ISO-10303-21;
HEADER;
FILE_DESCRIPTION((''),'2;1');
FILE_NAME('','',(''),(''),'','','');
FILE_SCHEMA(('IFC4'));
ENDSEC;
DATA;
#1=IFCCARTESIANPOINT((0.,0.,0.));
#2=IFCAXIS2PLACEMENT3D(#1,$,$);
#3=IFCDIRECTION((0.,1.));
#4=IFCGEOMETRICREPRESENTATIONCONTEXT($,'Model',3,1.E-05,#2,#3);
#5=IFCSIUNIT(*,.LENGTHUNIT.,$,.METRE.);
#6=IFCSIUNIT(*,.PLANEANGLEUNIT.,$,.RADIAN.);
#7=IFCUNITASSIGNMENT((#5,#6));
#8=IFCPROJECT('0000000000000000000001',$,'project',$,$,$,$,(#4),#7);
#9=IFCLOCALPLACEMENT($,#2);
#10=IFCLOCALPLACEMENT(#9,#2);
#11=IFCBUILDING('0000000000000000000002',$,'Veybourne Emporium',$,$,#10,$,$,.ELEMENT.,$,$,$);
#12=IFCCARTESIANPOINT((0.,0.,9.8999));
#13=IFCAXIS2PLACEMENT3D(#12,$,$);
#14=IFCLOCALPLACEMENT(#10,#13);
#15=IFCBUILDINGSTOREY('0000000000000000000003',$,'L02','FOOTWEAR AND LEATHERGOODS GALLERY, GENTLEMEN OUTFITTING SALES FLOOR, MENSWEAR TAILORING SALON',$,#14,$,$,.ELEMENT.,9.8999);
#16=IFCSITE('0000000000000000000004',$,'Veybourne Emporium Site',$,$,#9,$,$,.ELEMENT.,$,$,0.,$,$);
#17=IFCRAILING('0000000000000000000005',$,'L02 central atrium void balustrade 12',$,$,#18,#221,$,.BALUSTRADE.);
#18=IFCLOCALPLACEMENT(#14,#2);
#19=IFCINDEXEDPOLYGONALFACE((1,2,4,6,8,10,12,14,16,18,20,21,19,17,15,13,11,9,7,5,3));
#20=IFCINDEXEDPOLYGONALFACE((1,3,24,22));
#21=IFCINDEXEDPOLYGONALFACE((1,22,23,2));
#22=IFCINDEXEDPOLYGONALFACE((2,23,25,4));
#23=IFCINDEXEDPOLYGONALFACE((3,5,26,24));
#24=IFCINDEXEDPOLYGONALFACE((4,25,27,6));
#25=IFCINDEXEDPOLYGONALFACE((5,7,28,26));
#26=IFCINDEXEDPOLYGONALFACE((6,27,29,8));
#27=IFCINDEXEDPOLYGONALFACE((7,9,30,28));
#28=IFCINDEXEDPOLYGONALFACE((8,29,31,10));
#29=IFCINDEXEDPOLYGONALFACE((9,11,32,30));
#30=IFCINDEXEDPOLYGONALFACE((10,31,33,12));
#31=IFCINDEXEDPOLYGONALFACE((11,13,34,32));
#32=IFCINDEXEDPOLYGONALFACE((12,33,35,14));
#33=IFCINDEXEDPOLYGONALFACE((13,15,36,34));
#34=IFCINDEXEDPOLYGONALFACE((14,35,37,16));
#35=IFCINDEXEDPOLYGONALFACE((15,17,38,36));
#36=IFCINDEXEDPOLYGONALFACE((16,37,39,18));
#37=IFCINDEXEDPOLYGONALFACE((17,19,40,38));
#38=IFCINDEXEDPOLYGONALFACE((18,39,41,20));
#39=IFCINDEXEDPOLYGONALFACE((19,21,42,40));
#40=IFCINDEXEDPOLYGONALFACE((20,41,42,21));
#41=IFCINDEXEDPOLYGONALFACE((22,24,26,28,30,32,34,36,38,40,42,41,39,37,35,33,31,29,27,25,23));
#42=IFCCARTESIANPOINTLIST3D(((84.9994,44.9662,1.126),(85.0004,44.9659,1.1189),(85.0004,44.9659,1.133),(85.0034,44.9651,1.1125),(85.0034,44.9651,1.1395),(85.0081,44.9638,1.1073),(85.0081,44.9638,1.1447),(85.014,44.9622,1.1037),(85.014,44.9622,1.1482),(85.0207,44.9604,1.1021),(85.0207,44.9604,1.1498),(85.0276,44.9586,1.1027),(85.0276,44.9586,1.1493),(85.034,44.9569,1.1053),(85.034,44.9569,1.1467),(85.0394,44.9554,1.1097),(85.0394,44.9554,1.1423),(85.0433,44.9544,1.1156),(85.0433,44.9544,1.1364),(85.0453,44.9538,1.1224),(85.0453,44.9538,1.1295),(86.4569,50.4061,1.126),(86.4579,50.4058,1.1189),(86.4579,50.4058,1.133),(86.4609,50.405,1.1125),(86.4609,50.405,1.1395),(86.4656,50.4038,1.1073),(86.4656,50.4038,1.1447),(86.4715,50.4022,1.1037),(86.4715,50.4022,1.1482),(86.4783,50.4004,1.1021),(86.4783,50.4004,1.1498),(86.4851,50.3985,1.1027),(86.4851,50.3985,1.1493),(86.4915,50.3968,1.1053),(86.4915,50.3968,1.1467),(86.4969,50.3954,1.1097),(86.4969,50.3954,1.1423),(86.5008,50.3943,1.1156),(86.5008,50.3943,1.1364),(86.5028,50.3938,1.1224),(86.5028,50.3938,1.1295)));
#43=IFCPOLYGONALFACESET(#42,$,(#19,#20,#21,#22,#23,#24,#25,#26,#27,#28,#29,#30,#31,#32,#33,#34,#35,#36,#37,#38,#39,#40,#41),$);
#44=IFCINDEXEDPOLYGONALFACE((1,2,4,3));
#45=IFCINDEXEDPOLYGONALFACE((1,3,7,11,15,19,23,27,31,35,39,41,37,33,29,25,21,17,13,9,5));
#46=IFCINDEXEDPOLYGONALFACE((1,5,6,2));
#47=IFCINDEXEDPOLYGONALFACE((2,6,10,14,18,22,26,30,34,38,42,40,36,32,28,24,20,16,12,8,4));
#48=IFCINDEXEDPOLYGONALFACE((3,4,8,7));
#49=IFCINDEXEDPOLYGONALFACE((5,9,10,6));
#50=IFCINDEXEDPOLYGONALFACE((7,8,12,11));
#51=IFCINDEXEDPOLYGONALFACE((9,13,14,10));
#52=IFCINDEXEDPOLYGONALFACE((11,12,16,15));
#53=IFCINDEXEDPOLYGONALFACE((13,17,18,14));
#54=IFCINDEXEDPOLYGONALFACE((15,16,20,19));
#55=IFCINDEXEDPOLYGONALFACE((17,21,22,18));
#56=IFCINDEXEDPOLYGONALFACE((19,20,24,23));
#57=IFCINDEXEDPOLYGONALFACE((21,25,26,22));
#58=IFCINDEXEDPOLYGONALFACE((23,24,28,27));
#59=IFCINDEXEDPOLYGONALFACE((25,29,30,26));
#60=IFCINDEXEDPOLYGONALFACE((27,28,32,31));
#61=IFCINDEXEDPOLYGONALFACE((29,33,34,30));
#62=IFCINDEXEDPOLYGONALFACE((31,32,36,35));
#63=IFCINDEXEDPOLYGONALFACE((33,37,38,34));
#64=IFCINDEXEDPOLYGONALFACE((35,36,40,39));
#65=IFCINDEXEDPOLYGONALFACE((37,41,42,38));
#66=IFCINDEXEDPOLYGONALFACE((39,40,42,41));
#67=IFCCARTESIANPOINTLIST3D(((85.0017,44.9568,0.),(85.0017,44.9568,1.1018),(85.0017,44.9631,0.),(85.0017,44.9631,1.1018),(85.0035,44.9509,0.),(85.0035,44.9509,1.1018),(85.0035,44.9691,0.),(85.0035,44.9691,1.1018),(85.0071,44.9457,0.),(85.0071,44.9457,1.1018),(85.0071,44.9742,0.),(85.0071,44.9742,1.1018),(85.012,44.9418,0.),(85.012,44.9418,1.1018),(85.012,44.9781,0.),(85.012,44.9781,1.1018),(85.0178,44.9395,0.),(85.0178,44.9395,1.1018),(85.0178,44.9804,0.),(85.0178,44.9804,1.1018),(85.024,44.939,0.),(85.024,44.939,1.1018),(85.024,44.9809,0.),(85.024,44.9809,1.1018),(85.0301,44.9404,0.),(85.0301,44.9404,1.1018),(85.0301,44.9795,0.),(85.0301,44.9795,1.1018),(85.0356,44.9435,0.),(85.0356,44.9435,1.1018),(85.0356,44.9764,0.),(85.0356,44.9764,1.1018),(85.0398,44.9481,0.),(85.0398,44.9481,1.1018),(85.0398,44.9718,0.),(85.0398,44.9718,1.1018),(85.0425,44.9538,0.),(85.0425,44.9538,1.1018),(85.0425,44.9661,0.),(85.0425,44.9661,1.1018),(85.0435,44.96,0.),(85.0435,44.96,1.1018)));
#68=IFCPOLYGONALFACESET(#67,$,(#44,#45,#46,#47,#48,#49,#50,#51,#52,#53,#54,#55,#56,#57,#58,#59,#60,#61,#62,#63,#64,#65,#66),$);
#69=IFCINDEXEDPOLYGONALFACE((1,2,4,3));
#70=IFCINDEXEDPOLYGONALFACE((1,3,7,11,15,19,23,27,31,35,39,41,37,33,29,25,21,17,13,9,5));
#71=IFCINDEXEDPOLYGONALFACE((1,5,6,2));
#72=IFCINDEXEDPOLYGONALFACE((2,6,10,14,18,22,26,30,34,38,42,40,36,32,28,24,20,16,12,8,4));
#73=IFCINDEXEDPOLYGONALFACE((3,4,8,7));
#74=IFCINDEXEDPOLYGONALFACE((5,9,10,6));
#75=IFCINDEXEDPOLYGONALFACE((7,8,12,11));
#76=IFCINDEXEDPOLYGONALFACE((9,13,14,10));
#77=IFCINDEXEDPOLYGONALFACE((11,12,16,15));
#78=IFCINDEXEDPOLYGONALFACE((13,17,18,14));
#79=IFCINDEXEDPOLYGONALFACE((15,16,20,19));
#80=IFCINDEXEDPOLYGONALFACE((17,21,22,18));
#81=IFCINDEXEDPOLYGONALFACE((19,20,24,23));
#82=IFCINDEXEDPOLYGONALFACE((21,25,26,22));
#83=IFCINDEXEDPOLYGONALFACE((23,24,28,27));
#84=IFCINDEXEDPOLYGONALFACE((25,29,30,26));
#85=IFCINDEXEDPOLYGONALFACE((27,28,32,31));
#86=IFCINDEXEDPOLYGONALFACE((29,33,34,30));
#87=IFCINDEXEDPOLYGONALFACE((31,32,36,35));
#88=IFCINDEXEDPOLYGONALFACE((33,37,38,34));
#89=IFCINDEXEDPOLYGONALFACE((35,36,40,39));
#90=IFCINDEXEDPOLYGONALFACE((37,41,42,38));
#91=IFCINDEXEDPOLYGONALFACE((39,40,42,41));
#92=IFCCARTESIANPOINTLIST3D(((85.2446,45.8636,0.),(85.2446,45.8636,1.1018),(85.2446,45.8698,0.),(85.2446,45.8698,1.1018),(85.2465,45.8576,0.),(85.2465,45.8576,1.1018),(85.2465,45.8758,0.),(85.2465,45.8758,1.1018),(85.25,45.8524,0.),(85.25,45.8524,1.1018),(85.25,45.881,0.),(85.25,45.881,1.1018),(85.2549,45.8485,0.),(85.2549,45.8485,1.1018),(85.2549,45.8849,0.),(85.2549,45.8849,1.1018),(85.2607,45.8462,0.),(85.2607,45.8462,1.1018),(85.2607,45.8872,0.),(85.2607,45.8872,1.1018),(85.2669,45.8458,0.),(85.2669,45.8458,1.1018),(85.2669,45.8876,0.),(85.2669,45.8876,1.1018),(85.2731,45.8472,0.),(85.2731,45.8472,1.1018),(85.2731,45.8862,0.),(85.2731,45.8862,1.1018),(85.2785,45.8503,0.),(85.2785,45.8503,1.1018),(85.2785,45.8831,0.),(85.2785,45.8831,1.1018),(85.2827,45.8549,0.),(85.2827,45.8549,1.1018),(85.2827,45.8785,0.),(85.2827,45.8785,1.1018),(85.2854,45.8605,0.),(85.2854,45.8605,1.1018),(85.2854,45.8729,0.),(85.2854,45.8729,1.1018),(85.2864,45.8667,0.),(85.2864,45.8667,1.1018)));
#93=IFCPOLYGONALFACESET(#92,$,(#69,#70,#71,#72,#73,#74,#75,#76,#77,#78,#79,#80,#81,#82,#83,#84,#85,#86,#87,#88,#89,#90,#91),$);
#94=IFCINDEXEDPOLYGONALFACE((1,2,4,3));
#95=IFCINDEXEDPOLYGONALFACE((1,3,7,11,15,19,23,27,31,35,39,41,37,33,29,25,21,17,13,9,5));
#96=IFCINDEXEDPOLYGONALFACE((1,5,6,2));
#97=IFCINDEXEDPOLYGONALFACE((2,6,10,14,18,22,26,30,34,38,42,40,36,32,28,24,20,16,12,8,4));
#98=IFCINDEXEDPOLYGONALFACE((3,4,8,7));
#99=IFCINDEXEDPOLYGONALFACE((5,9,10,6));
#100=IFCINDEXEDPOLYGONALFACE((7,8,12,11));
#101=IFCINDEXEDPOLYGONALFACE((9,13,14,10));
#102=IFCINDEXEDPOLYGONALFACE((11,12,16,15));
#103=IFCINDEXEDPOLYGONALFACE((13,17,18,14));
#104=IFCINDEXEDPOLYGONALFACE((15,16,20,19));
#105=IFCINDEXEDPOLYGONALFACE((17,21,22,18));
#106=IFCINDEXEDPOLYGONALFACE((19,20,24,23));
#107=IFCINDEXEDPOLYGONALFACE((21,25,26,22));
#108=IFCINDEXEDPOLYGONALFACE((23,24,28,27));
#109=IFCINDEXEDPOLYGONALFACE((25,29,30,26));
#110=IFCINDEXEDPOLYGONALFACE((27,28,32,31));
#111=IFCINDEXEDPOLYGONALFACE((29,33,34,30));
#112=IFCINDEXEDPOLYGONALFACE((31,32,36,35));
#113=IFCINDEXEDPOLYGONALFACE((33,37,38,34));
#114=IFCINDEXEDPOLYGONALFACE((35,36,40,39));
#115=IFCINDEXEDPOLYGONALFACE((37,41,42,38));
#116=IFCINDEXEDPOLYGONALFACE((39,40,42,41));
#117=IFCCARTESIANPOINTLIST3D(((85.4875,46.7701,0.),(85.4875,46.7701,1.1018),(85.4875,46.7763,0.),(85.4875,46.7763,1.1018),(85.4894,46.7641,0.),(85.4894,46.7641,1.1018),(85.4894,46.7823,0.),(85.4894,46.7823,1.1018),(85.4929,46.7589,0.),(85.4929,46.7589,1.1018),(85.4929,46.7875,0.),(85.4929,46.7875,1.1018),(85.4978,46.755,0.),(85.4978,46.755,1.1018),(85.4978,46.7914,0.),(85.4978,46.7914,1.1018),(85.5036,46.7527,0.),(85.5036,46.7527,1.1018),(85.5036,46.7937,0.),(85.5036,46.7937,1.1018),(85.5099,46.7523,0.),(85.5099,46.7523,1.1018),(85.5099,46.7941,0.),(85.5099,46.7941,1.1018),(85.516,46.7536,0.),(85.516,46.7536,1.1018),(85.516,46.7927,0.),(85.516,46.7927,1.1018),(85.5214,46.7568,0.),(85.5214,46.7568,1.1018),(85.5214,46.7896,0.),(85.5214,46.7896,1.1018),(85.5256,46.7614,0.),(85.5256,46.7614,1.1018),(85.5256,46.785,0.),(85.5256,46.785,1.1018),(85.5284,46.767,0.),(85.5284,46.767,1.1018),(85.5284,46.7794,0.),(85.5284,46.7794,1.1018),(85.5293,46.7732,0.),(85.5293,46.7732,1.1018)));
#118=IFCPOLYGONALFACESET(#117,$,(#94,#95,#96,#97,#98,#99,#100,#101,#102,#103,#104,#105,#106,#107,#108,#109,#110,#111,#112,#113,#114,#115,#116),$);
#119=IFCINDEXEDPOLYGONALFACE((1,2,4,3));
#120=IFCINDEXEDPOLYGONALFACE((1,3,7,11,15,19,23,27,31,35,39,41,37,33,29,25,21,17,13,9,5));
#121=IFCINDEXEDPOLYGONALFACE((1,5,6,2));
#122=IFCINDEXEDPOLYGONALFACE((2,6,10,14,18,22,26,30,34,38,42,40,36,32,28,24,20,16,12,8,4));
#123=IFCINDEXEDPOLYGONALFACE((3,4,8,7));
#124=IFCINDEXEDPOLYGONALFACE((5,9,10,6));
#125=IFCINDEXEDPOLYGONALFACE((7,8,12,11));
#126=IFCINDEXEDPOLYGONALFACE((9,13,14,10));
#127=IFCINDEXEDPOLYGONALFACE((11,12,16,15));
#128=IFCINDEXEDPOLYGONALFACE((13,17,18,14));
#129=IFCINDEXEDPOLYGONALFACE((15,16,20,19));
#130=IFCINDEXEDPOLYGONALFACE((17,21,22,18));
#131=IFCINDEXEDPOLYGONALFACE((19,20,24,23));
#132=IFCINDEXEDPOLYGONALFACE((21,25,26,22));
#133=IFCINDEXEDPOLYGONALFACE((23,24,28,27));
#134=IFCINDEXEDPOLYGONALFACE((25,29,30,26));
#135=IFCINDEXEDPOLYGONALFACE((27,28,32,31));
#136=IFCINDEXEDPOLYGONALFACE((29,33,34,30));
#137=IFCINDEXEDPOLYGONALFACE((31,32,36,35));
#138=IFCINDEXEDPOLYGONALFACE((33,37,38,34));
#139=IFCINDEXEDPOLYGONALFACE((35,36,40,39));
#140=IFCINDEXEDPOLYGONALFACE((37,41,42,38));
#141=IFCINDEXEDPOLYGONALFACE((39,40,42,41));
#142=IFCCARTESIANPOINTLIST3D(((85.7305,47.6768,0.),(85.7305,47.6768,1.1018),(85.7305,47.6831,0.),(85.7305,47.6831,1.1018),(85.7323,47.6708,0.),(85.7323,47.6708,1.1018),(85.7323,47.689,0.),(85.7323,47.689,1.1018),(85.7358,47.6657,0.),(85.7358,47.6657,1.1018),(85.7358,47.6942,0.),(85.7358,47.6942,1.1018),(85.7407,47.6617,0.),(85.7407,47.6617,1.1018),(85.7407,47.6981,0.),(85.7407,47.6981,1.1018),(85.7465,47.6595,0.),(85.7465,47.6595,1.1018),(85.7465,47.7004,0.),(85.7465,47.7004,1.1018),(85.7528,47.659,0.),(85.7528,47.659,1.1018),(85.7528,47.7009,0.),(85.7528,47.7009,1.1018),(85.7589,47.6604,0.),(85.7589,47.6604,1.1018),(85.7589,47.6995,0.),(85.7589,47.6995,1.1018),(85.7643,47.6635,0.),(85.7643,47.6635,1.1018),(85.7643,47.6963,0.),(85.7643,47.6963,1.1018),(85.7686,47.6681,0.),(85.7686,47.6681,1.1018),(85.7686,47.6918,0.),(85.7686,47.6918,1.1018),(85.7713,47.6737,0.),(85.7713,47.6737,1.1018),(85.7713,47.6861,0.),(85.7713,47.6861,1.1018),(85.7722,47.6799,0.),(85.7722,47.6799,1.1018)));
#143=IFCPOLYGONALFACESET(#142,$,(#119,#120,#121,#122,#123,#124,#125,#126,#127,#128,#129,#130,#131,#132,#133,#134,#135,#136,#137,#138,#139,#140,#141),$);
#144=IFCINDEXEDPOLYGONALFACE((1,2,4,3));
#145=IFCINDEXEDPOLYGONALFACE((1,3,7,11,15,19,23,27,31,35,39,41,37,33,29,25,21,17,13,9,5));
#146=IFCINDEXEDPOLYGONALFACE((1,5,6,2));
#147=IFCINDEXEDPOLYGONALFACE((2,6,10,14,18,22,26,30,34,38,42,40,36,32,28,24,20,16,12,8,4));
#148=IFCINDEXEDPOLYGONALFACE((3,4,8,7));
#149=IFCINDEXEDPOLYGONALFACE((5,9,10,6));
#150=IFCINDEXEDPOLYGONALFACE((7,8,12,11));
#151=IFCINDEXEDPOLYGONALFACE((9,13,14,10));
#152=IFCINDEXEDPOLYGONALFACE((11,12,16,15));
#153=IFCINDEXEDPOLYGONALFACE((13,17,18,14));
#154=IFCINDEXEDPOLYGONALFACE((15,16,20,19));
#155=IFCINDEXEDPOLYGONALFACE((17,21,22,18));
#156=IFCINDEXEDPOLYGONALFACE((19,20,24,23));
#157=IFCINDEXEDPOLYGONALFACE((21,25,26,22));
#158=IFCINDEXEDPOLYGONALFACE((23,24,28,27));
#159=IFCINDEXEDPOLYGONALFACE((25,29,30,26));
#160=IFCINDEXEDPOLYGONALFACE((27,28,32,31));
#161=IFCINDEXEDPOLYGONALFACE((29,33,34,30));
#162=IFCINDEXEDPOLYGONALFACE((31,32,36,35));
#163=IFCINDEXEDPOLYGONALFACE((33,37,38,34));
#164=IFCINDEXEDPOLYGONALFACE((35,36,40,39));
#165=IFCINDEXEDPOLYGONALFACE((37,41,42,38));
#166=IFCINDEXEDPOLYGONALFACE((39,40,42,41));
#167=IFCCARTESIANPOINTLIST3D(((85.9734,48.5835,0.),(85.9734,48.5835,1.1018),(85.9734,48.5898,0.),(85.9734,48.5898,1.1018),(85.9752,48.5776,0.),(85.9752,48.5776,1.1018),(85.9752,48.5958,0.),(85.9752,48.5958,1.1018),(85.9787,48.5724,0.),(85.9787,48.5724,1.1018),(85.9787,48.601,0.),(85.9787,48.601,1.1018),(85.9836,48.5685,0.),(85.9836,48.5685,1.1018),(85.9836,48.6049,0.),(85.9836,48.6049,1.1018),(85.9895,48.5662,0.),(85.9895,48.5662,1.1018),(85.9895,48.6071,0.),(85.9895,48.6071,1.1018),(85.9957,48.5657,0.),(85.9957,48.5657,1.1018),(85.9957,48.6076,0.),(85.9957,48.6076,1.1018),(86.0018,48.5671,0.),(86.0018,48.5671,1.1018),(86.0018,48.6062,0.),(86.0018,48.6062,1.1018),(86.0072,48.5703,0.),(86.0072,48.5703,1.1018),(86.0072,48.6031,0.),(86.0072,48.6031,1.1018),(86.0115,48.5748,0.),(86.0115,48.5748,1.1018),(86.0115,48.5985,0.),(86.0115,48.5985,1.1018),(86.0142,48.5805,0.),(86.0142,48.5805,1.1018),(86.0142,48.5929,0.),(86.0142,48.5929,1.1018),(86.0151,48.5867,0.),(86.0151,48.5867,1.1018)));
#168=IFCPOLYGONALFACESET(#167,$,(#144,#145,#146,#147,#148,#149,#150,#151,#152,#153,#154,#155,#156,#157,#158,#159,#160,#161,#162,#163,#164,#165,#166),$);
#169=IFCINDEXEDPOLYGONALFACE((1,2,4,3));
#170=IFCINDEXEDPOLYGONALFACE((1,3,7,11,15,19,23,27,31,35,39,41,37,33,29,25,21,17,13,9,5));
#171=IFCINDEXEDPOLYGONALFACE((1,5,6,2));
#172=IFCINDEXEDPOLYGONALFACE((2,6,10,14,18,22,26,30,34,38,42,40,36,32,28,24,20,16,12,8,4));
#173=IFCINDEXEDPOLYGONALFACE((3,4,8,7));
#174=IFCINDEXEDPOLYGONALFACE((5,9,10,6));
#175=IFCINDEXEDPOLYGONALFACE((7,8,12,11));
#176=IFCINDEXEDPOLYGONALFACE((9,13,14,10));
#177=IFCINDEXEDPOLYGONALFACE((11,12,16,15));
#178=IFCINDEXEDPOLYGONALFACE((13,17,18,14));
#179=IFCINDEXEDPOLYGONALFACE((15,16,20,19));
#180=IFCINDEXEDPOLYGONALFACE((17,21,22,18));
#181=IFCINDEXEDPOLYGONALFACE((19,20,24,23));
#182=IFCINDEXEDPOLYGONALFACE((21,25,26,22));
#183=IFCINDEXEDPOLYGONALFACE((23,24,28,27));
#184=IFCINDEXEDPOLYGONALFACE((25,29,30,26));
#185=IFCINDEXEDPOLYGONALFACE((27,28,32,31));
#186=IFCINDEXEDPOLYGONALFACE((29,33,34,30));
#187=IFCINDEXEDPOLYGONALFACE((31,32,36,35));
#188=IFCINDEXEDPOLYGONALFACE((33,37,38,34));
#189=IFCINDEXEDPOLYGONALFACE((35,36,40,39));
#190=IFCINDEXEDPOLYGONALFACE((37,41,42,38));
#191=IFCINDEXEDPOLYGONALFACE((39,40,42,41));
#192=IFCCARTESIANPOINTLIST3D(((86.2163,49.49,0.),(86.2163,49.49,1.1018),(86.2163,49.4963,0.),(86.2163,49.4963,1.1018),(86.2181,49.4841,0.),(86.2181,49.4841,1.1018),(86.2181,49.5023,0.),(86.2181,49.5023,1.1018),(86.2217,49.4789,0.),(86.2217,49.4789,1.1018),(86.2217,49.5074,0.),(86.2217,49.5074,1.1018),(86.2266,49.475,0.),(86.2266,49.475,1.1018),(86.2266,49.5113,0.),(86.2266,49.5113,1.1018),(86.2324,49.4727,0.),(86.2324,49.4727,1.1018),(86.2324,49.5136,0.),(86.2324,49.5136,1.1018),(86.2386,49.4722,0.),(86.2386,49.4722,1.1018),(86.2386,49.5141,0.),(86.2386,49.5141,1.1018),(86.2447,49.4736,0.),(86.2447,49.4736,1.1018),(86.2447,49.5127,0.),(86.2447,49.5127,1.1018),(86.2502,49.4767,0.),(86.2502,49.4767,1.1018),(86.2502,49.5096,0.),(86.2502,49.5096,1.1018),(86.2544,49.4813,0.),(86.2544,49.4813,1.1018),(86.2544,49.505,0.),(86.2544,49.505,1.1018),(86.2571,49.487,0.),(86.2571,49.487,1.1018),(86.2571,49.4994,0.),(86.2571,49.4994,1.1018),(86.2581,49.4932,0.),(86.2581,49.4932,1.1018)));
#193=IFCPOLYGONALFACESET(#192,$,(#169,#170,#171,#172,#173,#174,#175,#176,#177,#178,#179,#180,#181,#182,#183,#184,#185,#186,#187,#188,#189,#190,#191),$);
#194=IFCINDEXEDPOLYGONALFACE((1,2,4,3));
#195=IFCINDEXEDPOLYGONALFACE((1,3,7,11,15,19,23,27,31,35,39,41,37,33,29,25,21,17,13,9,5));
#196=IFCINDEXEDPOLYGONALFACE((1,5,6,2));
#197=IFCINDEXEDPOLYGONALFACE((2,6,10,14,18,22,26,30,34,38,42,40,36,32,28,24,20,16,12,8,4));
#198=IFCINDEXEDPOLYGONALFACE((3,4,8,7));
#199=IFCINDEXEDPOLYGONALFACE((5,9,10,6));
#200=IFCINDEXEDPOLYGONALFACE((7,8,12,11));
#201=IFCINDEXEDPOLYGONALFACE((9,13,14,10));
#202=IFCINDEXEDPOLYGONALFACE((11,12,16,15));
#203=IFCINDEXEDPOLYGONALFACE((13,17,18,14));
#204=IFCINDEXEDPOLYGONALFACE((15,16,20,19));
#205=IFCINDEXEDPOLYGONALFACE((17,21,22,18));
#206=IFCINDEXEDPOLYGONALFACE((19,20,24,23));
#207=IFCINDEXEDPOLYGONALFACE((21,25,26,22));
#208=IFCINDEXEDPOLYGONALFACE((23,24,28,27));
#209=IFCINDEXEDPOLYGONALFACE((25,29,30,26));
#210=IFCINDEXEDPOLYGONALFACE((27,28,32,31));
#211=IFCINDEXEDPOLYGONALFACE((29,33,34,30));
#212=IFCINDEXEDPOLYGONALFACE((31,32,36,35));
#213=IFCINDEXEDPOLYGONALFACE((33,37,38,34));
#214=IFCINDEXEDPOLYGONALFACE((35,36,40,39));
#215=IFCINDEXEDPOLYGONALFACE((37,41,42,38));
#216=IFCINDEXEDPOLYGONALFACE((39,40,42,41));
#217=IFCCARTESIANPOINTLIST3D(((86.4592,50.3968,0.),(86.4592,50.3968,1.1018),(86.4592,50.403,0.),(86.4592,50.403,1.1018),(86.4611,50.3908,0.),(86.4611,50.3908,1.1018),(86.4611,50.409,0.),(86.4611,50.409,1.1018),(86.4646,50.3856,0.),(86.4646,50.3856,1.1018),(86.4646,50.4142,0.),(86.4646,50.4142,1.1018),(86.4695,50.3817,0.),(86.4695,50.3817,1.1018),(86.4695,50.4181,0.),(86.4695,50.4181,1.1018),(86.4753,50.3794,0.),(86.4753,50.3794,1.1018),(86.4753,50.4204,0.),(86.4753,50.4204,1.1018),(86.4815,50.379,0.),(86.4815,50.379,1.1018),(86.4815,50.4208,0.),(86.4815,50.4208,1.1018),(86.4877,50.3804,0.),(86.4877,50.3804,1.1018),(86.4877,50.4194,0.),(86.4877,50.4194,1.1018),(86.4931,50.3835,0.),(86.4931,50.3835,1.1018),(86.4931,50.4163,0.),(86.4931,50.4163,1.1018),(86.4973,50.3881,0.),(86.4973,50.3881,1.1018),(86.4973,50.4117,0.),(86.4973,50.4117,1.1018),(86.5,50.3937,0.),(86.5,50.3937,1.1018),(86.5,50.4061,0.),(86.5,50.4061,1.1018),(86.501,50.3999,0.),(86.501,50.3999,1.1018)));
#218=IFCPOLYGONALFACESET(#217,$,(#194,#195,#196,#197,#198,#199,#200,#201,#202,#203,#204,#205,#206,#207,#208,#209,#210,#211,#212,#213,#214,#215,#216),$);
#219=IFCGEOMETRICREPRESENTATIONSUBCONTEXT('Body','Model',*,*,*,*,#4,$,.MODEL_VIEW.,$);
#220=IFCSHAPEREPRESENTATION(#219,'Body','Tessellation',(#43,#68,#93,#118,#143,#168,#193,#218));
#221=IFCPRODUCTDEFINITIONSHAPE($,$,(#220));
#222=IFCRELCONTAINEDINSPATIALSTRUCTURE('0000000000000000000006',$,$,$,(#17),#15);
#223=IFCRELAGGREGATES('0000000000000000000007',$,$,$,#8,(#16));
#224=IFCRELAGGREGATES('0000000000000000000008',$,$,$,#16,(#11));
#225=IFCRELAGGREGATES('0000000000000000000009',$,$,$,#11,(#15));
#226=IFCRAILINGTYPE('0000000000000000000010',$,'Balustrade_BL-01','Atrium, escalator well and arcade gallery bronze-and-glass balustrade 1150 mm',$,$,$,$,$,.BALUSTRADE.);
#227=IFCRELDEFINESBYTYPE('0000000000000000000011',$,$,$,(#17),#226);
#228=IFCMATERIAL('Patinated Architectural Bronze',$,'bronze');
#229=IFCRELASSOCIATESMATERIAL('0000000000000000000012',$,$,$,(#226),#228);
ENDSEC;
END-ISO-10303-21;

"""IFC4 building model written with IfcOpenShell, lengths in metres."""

from ifc_helpers import new_model, si_unit, direction, frame, origin, origin_2d, place, context, subcontext, project, spatial, circle, extrude, material, type_object, element, save


model = new_model("IFC4")

# Units and contexts
model_context = context("Model", 3, precision=1e-05, world=origin(), true_north=direction((0.0, 1.0)))
body_context = subcontext(model_context, "Body", "Model", "MODEL_VIEW")
ifc_project = project(units=[si_unit("LENGTHUNIT", "METRE"), si_unit("PLANEANGLEUNIT", "RADIAN")], contexts=[model_context])

# Site, building, storey
site_placement = place(None, origin())
site = spatial("IfcSite", under=ifc_project, at=site_placement, Name="Veybourne Emporium Site", CompositionType="ELEMENT", RefElevation=0.0)
building_placement = place(site_placement, origin())
building = spatial("IfcBuilding", under=site, at=building_placement, Name="Veybourne Emporium", CompositionType="ELEMENT")
storey_placement = place(building_placement, frame((0.0, 0.0, 9.8999)))
storey = spatial("IfcBuildingStorey", under=building, at=storey_placement, Name="L02", Description="FOOTWEAR AND LEATHERGOODS GALLERY, GENTLEMEN OUTFITTING SALES FLOOR, MENSWEAR TAILORING SALON", CompositionType="ELEMENT", Elevation=9.8999)

# Railing
ifc_material_1 = material(Name="Patinated Architectural Bronze", Category="bronze")
railing_type = type_object("IfcRailingType", Name="Balustrade_BL-01", Description="Atrium, escalator well and arcade gallery bronze-and-glass balustrade 1150 mm", PredefinedType="BALUSTRADE", material=ifc_material_1)
railing_1_placement = place(storey_placement, frame((85.0225, 44.96, 0.0)))
element("IfcRailing", 1, at=railing_1_placement, inside=storey, type_object=railing_type, Name="L02 central atrium void balustrade 12", PredefinedType="BALUSTRADE", context=body_context, shape_type="SweptSolid", body=[
    extrude(circle(Radius=0.0239, at=origin_2d()), frame((0.0, 0.0, 1.126), z_axis=(0.258801, 0.965931, 0.0), x_axis=(-0.965931, 0.258801, 0.0)), (0.0, 0.0, 1.0), 5.6318),
    extrude(circle(Radius=0.021, at=origin_2d()), origin(), (0.0, 0.0, 1.0), 1.1018),
    extrude(circle(Radius=0.021, at=origin_2d()), frame((0.2429, 0.9067, 0.0)), (0.0, 0.0, 1.0), 1.1018),
    extrude(circle(Radius=0.021, at=origin_2d()), frame((0.4858, 1.8132, 0.0)), (0.0, 0.0, 1.0), 1.1018),
    extrude(circle(Radius=0.021, at=origin_2d()), frame((0.7288, 2.72, 0.0)), (0.0, 0.0, 1.0), 1.1018),
    extrude(circle(Radius=0.021, at=origin_2d()), frame((0.9717, 3.6267, 0.0)), (0.0, 0.0, 1.0), 1.1018),
    extrude(circle(Radius=0.021, at=origin_2d()), frame((1.2146, 4.5332, 0.0)), (0.0, 0.0, 1.0), 1.1018),
    extrude(circle(Radius=0.021, at=origin_2d()), frame((1.4575, 5.4399, 0.0)), (0.0, 0.0, 1.0), 1.1018),
])

save(model, "model.ifc")
